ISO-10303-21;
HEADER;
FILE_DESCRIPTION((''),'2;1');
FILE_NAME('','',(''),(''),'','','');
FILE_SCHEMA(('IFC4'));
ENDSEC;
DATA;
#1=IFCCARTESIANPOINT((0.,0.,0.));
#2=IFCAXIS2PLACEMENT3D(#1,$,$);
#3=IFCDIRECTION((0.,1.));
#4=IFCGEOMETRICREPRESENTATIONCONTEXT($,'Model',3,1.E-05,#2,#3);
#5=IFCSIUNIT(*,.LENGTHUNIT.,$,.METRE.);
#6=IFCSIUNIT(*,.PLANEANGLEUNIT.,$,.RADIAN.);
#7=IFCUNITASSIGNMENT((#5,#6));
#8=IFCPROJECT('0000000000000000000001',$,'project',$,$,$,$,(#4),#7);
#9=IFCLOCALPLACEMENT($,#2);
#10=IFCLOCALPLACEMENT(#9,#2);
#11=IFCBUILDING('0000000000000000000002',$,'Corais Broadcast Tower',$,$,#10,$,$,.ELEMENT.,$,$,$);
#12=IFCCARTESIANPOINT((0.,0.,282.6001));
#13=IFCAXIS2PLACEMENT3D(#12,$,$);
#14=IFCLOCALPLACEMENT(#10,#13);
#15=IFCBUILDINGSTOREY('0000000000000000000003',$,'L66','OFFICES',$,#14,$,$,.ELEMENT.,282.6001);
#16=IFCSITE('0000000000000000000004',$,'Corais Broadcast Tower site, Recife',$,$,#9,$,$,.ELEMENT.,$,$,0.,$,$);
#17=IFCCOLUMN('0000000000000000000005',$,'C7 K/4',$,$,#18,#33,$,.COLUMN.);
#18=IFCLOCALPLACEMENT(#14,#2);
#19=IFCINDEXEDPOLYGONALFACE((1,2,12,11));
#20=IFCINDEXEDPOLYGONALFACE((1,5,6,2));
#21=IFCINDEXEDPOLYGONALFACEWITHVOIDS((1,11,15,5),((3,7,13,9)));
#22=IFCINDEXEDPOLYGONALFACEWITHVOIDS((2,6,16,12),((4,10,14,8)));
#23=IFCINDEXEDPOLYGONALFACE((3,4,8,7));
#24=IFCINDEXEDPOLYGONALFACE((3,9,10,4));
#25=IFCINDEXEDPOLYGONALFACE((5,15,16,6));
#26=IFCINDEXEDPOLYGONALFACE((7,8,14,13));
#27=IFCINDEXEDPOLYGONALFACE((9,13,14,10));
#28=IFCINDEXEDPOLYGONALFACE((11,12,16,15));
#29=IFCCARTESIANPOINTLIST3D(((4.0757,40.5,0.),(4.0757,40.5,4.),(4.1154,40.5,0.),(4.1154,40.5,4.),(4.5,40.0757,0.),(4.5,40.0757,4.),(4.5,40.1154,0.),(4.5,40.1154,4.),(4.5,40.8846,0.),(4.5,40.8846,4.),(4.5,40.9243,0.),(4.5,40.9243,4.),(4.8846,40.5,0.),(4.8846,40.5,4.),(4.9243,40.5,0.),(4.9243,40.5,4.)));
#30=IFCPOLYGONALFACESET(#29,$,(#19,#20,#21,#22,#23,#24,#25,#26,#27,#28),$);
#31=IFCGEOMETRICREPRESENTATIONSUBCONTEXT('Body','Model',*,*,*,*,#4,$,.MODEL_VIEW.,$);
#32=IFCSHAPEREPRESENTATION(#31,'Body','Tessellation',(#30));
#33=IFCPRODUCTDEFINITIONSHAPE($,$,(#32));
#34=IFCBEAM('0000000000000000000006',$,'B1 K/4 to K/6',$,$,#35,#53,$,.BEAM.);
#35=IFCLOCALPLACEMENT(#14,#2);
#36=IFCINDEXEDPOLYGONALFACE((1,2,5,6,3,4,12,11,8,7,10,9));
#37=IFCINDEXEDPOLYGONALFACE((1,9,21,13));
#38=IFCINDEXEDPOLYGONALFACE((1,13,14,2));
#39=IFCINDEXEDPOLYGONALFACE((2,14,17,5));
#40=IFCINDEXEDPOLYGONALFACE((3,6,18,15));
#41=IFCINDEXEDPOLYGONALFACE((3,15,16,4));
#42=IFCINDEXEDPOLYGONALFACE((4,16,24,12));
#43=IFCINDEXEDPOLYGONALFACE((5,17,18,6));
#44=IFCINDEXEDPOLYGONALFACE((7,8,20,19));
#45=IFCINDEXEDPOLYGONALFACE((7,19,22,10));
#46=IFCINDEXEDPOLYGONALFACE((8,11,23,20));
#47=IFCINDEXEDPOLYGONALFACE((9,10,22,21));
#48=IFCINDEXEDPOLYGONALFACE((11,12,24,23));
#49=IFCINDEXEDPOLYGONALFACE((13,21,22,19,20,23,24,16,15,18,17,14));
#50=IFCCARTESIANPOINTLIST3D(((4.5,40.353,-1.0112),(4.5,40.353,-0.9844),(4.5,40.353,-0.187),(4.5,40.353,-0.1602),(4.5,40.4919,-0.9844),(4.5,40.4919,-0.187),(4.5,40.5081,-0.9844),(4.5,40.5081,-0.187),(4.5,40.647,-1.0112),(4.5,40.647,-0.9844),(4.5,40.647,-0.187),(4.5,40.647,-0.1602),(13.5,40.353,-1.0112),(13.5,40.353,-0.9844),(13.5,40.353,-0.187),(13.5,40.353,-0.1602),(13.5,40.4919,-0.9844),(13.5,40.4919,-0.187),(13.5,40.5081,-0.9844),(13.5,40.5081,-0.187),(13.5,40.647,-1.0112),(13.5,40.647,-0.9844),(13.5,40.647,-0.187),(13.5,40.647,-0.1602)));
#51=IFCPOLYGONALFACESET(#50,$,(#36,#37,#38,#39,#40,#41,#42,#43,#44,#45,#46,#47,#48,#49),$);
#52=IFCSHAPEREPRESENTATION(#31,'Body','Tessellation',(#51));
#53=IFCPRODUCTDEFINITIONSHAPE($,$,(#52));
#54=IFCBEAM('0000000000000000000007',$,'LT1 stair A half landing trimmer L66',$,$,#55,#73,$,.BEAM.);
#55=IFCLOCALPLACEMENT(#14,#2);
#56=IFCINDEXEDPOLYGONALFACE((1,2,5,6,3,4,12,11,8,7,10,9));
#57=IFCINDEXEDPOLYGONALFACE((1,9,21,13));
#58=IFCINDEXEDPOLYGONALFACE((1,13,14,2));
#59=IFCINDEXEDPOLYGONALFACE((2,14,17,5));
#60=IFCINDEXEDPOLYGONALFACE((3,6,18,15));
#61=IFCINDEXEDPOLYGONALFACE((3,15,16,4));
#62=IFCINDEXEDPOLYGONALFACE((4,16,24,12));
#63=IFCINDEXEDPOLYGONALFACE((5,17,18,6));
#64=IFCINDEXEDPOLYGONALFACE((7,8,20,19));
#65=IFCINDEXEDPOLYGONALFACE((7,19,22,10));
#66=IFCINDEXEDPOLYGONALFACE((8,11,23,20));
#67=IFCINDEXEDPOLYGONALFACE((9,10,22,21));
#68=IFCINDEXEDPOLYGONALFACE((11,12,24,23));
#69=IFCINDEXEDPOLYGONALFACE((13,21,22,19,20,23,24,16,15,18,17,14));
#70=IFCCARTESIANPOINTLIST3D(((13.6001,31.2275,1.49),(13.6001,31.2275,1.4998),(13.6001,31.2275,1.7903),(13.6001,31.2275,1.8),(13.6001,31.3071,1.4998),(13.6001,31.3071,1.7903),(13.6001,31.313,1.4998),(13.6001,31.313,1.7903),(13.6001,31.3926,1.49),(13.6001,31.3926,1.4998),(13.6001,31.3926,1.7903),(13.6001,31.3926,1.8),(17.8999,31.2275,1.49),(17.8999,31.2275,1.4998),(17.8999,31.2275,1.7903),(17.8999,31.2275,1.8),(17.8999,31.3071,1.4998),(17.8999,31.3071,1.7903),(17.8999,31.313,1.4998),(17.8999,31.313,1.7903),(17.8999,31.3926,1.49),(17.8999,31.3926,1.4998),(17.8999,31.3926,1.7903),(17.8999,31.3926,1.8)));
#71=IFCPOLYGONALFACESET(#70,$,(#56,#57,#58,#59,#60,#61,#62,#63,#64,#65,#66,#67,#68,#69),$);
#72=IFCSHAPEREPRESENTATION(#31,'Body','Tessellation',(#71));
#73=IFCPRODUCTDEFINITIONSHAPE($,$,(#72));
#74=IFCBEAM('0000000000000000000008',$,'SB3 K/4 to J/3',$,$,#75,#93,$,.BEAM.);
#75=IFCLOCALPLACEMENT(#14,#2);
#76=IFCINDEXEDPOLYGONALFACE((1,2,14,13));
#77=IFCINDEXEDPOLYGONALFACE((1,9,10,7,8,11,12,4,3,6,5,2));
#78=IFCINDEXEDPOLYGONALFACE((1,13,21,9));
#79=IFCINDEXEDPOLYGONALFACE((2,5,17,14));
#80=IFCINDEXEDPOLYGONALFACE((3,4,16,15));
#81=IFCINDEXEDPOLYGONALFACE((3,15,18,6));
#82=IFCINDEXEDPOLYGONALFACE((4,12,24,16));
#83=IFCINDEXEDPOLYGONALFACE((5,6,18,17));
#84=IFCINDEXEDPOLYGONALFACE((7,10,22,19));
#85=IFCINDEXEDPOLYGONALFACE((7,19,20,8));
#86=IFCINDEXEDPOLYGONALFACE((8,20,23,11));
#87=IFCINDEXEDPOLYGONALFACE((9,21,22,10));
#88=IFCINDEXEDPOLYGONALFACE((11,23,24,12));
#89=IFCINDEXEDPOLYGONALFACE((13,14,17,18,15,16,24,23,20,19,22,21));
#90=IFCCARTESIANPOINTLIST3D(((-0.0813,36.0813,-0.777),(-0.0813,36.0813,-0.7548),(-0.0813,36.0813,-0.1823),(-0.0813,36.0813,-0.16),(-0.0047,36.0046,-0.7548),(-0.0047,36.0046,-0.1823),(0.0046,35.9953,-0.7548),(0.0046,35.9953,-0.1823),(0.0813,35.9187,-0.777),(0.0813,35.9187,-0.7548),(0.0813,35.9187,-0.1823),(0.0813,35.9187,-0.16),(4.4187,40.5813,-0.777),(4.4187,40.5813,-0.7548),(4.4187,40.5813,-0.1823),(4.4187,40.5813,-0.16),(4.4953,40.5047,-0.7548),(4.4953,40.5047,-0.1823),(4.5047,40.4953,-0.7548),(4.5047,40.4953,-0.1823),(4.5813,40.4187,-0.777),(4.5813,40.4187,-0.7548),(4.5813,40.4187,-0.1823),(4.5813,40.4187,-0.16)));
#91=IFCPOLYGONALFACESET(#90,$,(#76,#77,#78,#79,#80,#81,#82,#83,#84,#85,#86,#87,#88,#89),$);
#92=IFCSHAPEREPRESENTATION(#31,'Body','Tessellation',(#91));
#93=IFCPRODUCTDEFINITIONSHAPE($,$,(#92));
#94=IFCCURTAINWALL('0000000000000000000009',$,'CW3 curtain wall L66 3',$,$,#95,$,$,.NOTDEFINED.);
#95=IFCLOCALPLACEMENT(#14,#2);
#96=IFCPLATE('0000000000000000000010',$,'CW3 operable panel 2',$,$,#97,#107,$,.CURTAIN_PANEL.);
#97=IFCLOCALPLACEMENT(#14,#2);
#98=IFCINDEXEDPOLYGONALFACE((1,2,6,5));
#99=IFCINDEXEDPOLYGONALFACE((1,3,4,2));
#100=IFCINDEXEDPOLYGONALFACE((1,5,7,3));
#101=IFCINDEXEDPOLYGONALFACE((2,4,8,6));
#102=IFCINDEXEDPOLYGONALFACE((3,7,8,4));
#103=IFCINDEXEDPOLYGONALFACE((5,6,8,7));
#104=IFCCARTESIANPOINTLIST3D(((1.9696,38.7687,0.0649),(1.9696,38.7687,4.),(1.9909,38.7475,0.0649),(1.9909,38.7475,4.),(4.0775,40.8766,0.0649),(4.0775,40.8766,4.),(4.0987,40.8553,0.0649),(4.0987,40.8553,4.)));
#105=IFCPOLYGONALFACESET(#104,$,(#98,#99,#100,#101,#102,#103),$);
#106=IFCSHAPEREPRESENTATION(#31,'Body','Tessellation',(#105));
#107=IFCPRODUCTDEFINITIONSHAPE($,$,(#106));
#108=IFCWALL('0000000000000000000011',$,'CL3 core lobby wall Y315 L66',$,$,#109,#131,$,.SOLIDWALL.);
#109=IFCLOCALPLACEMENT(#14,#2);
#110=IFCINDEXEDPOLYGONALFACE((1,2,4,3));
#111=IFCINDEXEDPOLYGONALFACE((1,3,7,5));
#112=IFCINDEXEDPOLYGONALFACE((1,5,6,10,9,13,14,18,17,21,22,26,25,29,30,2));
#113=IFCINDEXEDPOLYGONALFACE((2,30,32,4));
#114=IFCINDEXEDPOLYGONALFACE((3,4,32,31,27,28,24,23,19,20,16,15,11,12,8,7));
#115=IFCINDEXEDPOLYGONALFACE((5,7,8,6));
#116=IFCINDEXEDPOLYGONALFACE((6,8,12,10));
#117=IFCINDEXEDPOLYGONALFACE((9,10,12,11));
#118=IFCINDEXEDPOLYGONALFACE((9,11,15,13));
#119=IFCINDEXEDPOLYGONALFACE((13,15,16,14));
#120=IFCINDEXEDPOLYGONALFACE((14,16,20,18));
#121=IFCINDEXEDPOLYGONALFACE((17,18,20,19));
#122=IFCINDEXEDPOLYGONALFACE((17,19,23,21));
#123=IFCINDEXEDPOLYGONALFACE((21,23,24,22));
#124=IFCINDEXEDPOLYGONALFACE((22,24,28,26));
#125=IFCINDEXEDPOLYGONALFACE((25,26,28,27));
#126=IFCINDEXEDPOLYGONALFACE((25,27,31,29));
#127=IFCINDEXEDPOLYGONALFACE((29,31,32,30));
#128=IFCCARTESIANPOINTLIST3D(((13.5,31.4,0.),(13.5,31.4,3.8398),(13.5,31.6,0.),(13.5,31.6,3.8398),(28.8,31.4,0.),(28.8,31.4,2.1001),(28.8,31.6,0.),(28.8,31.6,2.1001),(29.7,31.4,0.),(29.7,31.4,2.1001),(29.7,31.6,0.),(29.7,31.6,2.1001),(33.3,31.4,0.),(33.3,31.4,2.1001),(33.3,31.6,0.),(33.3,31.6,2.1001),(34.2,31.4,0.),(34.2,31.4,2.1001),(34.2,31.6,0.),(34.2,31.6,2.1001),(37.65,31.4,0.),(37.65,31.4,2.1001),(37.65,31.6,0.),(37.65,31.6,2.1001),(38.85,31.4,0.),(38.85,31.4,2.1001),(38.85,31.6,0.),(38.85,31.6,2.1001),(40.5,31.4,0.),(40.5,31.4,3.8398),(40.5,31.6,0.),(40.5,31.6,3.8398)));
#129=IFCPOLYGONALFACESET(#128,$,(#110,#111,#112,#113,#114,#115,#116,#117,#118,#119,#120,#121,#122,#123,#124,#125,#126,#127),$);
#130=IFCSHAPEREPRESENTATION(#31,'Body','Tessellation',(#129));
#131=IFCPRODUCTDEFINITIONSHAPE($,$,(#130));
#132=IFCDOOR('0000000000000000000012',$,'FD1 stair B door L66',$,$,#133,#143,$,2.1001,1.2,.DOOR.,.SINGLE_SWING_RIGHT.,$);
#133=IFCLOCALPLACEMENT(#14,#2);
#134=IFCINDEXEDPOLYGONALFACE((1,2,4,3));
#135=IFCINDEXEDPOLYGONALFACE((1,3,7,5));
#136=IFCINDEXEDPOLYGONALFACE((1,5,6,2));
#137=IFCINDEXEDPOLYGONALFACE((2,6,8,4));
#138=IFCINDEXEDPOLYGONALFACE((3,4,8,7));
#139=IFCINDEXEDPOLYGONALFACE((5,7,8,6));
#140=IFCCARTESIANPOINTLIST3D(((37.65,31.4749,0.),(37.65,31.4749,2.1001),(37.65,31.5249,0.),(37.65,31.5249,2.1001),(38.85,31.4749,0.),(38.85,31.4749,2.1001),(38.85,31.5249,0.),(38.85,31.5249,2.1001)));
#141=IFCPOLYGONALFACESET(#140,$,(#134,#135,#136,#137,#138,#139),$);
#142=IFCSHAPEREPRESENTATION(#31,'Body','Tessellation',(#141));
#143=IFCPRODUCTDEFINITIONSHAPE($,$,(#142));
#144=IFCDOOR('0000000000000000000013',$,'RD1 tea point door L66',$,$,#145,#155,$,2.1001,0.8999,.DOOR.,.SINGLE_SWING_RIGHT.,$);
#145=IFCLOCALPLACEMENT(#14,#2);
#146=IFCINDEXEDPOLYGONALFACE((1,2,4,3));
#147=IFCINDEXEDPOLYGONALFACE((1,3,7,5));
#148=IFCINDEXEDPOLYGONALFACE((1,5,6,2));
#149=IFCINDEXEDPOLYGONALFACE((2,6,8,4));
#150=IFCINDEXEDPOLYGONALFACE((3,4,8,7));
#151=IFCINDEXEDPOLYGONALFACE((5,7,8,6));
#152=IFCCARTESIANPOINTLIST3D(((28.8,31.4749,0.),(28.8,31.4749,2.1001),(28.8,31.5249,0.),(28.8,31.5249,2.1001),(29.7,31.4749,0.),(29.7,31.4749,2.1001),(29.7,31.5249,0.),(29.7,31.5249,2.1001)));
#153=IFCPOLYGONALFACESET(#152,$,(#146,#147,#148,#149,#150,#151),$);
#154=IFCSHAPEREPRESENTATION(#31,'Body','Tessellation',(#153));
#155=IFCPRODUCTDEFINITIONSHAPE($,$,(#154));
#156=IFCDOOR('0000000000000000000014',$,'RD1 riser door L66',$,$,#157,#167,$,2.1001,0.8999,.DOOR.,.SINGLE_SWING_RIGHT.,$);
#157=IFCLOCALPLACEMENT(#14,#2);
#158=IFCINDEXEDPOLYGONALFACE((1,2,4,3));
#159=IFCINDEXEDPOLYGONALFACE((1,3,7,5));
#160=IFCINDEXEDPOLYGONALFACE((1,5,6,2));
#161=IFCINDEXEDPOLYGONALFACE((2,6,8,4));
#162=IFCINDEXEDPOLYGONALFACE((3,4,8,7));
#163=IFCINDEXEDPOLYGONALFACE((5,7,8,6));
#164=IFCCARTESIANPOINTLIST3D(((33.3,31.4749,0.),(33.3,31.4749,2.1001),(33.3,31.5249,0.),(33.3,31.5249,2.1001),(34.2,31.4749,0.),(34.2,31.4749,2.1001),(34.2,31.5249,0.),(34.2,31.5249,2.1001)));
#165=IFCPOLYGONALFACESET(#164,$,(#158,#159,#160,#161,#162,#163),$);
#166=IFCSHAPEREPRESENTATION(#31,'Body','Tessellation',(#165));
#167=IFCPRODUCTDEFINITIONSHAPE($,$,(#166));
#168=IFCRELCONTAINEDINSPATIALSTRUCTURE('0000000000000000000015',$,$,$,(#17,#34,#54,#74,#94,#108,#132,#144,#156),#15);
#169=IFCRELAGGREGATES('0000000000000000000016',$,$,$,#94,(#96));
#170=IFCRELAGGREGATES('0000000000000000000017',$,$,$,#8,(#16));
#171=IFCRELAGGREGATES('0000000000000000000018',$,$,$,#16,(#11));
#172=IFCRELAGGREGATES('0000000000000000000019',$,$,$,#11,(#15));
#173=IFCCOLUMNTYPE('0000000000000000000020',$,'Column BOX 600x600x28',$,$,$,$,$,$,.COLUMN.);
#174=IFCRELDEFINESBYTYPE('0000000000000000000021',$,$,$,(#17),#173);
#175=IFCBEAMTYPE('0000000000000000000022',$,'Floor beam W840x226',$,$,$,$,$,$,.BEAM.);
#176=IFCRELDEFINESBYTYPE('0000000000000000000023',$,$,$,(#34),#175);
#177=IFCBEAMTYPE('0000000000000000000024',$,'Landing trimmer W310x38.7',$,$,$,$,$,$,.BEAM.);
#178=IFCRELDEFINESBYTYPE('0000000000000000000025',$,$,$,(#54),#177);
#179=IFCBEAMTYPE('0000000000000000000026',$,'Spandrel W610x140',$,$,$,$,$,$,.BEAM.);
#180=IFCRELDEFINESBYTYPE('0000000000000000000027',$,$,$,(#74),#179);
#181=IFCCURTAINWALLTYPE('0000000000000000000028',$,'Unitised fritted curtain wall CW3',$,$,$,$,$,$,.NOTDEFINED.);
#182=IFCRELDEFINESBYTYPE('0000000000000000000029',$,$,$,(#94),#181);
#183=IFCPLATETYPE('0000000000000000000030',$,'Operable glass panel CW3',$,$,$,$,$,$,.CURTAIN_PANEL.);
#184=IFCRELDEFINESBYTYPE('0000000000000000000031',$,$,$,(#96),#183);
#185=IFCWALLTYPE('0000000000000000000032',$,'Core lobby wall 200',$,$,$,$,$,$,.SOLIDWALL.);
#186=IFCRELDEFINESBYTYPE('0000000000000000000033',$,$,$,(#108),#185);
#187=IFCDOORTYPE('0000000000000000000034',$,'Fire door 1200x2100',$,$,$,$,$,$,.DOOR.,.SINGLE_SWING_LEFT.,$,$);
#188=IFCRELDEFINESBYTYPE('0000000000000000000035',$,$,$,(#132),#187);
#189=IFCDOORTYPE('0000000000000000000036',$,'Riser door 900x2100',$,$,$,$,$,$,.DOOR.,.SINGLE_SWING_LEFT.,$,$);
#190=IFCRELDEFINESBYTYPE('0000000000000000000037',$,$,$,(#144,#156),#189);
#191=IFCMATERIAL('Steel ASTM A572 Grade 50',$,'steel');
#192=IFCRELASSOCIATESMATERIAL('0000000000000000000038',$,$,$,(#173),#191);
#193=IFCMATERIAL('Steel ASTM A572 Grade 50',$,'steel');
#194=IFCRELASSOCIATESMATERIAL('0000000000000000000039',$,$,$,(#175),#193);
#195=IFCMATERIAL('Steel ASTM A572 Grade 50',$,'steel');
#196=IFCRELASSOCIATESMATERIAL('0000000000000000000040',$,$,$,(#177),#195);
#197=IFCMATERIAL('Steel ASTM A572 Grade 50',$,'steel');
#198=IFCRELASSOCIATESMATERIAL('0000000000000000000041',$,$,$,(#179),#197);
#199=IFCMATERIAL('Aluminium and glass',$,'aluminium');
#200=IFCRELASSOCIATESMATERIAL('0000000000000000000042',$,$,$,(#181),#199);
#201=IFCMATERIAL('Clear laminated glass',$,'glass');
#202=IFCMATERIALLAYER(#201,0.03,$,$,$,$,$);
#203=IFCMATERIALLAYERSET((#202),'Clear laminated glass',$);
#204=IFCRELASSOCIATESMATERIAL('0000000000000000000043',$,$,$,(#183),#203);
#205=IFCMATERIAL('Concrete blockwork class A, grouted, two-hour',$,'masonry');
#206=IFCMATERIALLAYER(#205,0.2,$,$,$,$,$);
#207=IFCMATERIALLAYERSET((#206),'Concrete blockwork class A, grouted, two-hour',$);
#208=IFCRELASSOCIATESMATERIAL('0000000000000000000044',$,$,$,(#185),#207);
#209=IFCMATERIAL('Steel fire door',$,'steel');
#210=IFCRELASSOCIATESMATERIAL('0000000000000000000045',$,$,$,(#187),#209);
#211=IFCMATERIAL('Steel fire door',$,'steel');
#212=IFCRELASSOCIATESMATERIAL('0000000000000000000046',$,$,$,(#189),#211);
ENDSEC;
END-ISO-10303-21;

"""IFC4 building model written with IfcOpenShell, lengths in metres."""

from ifc_helpers import new_model, si_unit, direction, frame, frame_2d, origin, origin_2d, place, context, subcontext, project, spatial, rectangle, hollow_rectangle, i_section, extrude, material, layer, layer_set, material_profile, profile_set, type_object, element, fill, aggregate, save


model = new_model("IFC4")

# Units and contexts
model_context = context("Model", 3, precision=1e-05, world=origin(), true_north=direction((0.0, 1.0)))
body_context = subcontext(model_context, "Body", "Model", "MODEL_VIEW")
ifc_project = project(units=[si_unit("LENGTHUNIT", "METRE"), si_unit("PLANEANGLEUNIT", "RADIAN")], contexts=[model_context])

# Site, building, storey
site_placement = place(None, origin())
site = spatial("IfcSite", under=ifc_project, at=site_placement, Name="Corais Broadcast Tower site, Recife", CompositionType="ELEMENT", RefElevation=0.0)
building_placement = place(site_placement, origin())
building = spatial("IfcBuilding", under=site, at=building_placement, Name="Corais Broadcast Tower", CompositionType="ELEMENT")
storey_placement = place(building_placement, frame((0.0, 0.0, 282.6001)))
storey = spatial("IfcBuildingStorey", under=building, at=storey_placement, Name="L66", Description="OFFICES", CompositionType="ELEMENT", Elevation=282.6001)

# Column
ifc_material_1 = material(Name="Steel ASTM A572 Grade 50", Category="steel")
ifc_material_profile_1 = material_profile(ifc_material_1, hollow_rectangle(XDim=0.6001, YDim=0.6001, WallThickness=0.0281, at=origin_2d()), Name="BOX 600x600x28")
ifc_profile_set_1 = profile_set([ifc_material_profile_1], Name="Steel ASTM A572 Grade 50")
column_type = type_object("IfcColumnType", Name="Column BOX 600x600x28", PredefinedType="COLUMN", material=ifc_profile_set_1)
column_placement = place(storey_placement, frame((4.5, 40.5, 0.0), z_axis=(0.0, 0.0, 1.0), x_axis=(0.707107, 0.707107, 0.0)))
element("IfcColumn", 1, at=column_placement, inside=storey, type_object=column_type, Name="C7 K/4", PredefinedType="COLUMN", context=body_context, shape_type="SweptSolid", body=[
    extrude(hollow_rectangle(XDim=0.6001, YDim=0.6001, WallThickness=0.0281, at=origin_2d()), origin(), (0.0, 0.0, 1.0), 4.0),
])

# Beams
ifc_material_2 = material(Name="Steel ASTM A572 Grade 50", Category="steel")
ifc_material_profile_2 = material_profile(ifc_material_2, i_section(OverallWidth=0.2939, OverallDepth=0.8511, WebThickness=0.0161, FlangeThickness=0.0269, at=origin_2d()), Name="W840x226")
ifc_profile_set_2 = profile_set([ifc_material_profile_2], Name="Steel ASTM A572 Grade 50")
beam_type_1 = type_object("IfcBeamType", Name="Floor beam W840x226", PredefinedType="BEAM", material=ifc_profile_set_2)
beam_1_placement = place(storey_placement, frame((4.5, 40.5, -0.5857), z_axis=(1.0, 0.0, 0.0), x_axis=(0.0, 1.0, 0.0)))
element("IfcBeam", 2, at=beam_1_placement, inside=storey, type_object=beam_type_1, Name="B1 K/4 to K/6", PredefinedType="BEAM", context=body_context, shape_type="SweptSolid", body=[
    extrude(i_section(OverallWidth=0.2939, OverallDepth=0.8511, WebThickness=0.0161, FlangeThickness=0.0269, at=origin_2d()), origin(), (0.0, 0.0, 1.0), 9.0),
])
ifc_material_3 = material(Name="Steel ASTM A572 Grade 50", Category="steel")
ifc_material_profile_3 = material_profile(ifc_material_3, i_section(OverallWidth=0.165, OverallDepth=0.3101, WebThickness=0.0059, FlangeThickness=0.0098, at=origin_2d()), Name="W310x38.7")
ifc_profile_set_3 = profile_set([ifc_material_profile_3], Name="Steel ASTM A572 Grade 50")
beam_type_2 = type_object("IfcBeamType", Name="Landing trimmer W310x38.7", PredefinedType="BEAM", material=ifc_profile_set_3)
beam_2_placement = place(storey_placement, frame((13.6001, 31.3101, 1.645), z_axis=(1.0, 0.0, 0.0), x_axis=(0.0, 1.0, 0.0)))
element("IfcBeam", 3, at=beam_2_placement, inside=storey, type_object=beam_type_2, Name="LT1 stair A half landing trimmer L66", PredefinedType="BEAM", context=body_context, shape_type="SweptSolid", body=[
    extrude(i_section(OverallWidth=0.165, OverallDepth=0.3101, WebThickness=0.0059, FlangeThickness=0.0098, at=origin_2d()), origin(), (0.0, 0.0, 1.0), 4.2998),
])
ifc_material_4 = material(Name="Steel ASTM A572 Grade 50", Category="steel")
ifc_material_profile_4 = material_profile(ifc_material_4, i_section(OverallWidth=0.23, OverallDepth=0.6169, WebThickness=0.0132, FlangeThickness=0.0222, at=origin_2d()), Name="W610x140")
ifc_profile_set_4 = profile_set([ifc_material_profile_4], Name="Steel ASTM A572 Grade 50")
beam_type_3 = type_object("IfcBeamType", Name="Spandrel W610x140", PredefinedType="BEAM", material=ifc_profile_set_4)
beam_3_placement = place(storey_placement, frame((4.5, 40.5, -0.4685), z_axis=(-0.707107, -0.707107, 0.0), x_axis=(0.707107, -0.707107, 0.0)))
element("IfcBeam", 4, at=beam_3_placement, inside=storey, type_object=beam_type_3, Name="SB3 K/4 to J/3", PredefinedType="BEAM", context=body_context, shape_type="SweptSolid", body=[
    extrude(i_section(OverallWidth=0.23, OverallDepth=0.6169, WebThickness=0.0132, FlangeThickness=0.0222, at=origin_2d()), origin(), (0.0, 0.0, 1.0), 6.364),
])

# Curtain wall, plate
ifc_material_5 = material(Name="Aluminium and glass", Category="aluminium")
curtain_wall_type = type_object("IfcCurtainWallType", Name="Unitised fritted curtain wall CW3", PredefinedType="NOTDEFINED", material=ifc_material_5)
curtain_wall_placement = place(storey_placement, origin())
curtain_wall = element("IfcCurtainWall", 5, at=curtain_wall_placement, inside=storey, type_object=curtain_wall_type, Name="CW3 curtain wall L66 3", PredefinedType="NOTDEFINED")
ifc_material_6 = material(Name="Clear laminated glass", Category="glass")
ifc_layer_1 = layer(ifc_material_6, 0.03)
ifc_layer_set_1 = layer_set([ifc_layer_1], Name="Clear laminated glass")
plate_type = type_object("IfcPlateType", Name="Operable glass panel CW3", PredefinedType="CURTAIN_PANEL", material=ifc_layer_set_1)
plate_placement = place(storey_placement, frame((3.0342, 39.812, 0.0649), z_axis=(0.0, 0.0, 1.0), x_axis=(0.707107, 0.707107, 0.0)))
plate = element("IfcPlate", 6, at=plate_placement, type_object=plate_type, Name="CW3 operable panel 2", PredefinedType="CURTAIN_PANEL", context=body_context, shape_type="SweptSolid", body=[
    extrude(rectangle(XDim=2.981, YDim=0.03, at=origin_2d()), origin(), (0.0, 0.0, 1.0), 3.9351),
])
aggregate(curtain_wall, [plate])

# Wall, openings, doors
ifc_material_7 = material(Name="Concrete blockwork class A, grouted, two-hour", Category="masonry")
ifc_layer_2 = layer(ifc_material_7, 0.2)
ifc_layer_set_2 = layer_set([ifc_layer_2], Name="Concrete blockwork class A, grouted, two-hour")
wall_type_1 = type_object("IfcWallType", Name="Core lobby wall 200", PredefinedType="SOLIDWALL", material=ifc_layer_set_2)
wall_1_placement = place(storey_placement, frame((13.5, 31.5, 0.0), z_axis=(0.0, 0.0, 1.0), x_axis=(1.0, 0.0, 0.0)))
wall_1 = element("IfcWall", 7, at=wall_1_placement, inside=storey, type_object=wall_type_1, Name="CL3 core lobby wall Y315 L66", PredefinedType="SOLIDWALL", context=body_context, shape_type="SweptSolid", body=[
    extrude(rectangle(XDim=27.0, YDim=0.2, at=frame_2d((13.5, 0.0))), origin(), (0.0, 0.0, 1.0), 3.8398),
])
opening_1_placement = place(wall_1_placement, frame((24.1499, 0.0, 0.0)))
opening_1 = element("IfcOpeningElement", 8, at=opening_1_placement, cuts=wall_1, PredefinedType="OPENING", context=body_context, shape_type="SweptSolid", body=[
    extrude(rectangle(XDim=1.2, YDim=2.1001, at=frame_2d((0.6001, 1.05))), frame((0.0, 0.1099, 0.0), z_axis=(0.0, -1.0, 0.0), x_axis=(1.0, 0.0, 0.0)), (0.0, 0.0, 1.0), 0.22),
])
opening_2_placement = place(wall_1_placement, frame((15.3, 0.0, 0.0)))
opening_2 = element("IfcOpeningElement", 9, at=opening_2_placement, cuts=wall_1, PredefinedType="OPENING", context=body_context, shape_type="SweptSolid", body=[
    extrude(rectangle(XDim=0.8999, YDim=2.1001, at=frame_2d((0.45, 1.05))), frame((0.0, 0.1099, 0.0), z_axis=(0.0, -1.0, 0.0), x_axis=(1.0, 0.0, 0.0)), (0.0, 0.0, 1.0), 0.22),
])
opening_3_placement = place(wall_1_placement, frame((19.8, 0.0, 0.0)))
opening_3 = element("IfcOpeningElement", 10, at=opening_3_placement, cuts=wall_1, PredefinedType="OPENING", context=body_context, shape_type="SweptSolid", body=[
    extrude(rectangle(XDim=0.8999, YDim=2.1001, at=frame_2d((0.45, 1.05))), frame((0.0, 0.1099, 0.0), z_axis=(0.0, -1.0, 0.0), x_axis=(1.0, 0.0, 0.0)), (0.0, 0.0, 1.0), 0.22),
])
ifc_material_8 = material(Name="Steel fire door", Category="steel")
door_type_1 = type_object("IfcDoorType", Name="Fire door 1200x2100", OperationType="SINGLE_SWING_LEFT", PredefinedType="DOOR", material=ifc_material_8)
door_1_placement = place(opening_1_placement, origin())
door_1 = element("IfcDoor", 11, at=door_1_placement, inside=storey, type_object=door_type_1, Name="FD1 stair B door L66", OperationType="SINGLE_SWING_RIGHT", OverallHeight=2.1001, OverallWidth=1.2, PredefinedType="DOOR", context=body_context, shape_type="SweptSolid", body=[
    extrude(rectangle(XDim=1.2, YDim=2.1001, at=frame_2d((0.6001, 1.05))), frame((0.0, 0.0249, 0.0), z_axis=(0.0, -1.0, 0.0), x_axis=(1.0, 0.0, 0.0)), (0.0, 0.0, 1.0), 0.05),
])
fill(opening_1, door_1)
ifc_material_9 = material(Name="Steel fire door", Category="steel")
door_type_2 = type_object("IfcDoorType", Name="Riser door 900x2100", OperationType="SINGLE_SWING_LEFT", PredefinedType="DOOR", material=ifc_material_9)
door_2_placement = place(opening_2_placement, origin())
door_2 = element("IfcDoor", 12, at=door_2_placement, inside=storey, type_object=door_type_2, Name="RD1 tea point door L66", OperationType="SINGLE_SWING_RIGHT", OverallHeight=2.1001, OverallWidth=0.8999, PredefinedType="DOOR", context=body_context, shape_type="SweptSolid", body=[
    extrude(rectangle(XDim=0.8999, YDim=2.1001, at=frame_2d((0.45, 1.05))), frame((0.0, 0.0249, 0.0), z_axis=(0.0, -1.0, 0.0), x_axis=(1.0, 0.0, 0.0)), (0.0, 0.0, 1.0), 0.05),
])
fill(opening_2, door_2)
door_3_placement = place(opening_3_placement, origin())
door_3 = element("IfcDoor", 13, at=door_3_placement, inside=storey, type_object=door_type_2, Name="RD1 riser door L66", OperationType="SINGLE_SWING_RIGHT", OverallHeight=2.1001, OverallWidth=0.8999, PredefinedType="DOOR", context=body_context, shape_type="SweptSolid", body=[
    extrude(rectangle(XDim=0.8999, YDim=2.1001, at=frame_2d((0.45, 1.05))), frame((0.0, 0.0249, 0.0), z_axis=(0.0, -1.0, 0.0), x_axis=(1.0, 0.0, 0.0)), (0.0, 0.0, 1.0), 0.05),
])
fill(opening_3, door_3)

save(model, "model.ifc")
